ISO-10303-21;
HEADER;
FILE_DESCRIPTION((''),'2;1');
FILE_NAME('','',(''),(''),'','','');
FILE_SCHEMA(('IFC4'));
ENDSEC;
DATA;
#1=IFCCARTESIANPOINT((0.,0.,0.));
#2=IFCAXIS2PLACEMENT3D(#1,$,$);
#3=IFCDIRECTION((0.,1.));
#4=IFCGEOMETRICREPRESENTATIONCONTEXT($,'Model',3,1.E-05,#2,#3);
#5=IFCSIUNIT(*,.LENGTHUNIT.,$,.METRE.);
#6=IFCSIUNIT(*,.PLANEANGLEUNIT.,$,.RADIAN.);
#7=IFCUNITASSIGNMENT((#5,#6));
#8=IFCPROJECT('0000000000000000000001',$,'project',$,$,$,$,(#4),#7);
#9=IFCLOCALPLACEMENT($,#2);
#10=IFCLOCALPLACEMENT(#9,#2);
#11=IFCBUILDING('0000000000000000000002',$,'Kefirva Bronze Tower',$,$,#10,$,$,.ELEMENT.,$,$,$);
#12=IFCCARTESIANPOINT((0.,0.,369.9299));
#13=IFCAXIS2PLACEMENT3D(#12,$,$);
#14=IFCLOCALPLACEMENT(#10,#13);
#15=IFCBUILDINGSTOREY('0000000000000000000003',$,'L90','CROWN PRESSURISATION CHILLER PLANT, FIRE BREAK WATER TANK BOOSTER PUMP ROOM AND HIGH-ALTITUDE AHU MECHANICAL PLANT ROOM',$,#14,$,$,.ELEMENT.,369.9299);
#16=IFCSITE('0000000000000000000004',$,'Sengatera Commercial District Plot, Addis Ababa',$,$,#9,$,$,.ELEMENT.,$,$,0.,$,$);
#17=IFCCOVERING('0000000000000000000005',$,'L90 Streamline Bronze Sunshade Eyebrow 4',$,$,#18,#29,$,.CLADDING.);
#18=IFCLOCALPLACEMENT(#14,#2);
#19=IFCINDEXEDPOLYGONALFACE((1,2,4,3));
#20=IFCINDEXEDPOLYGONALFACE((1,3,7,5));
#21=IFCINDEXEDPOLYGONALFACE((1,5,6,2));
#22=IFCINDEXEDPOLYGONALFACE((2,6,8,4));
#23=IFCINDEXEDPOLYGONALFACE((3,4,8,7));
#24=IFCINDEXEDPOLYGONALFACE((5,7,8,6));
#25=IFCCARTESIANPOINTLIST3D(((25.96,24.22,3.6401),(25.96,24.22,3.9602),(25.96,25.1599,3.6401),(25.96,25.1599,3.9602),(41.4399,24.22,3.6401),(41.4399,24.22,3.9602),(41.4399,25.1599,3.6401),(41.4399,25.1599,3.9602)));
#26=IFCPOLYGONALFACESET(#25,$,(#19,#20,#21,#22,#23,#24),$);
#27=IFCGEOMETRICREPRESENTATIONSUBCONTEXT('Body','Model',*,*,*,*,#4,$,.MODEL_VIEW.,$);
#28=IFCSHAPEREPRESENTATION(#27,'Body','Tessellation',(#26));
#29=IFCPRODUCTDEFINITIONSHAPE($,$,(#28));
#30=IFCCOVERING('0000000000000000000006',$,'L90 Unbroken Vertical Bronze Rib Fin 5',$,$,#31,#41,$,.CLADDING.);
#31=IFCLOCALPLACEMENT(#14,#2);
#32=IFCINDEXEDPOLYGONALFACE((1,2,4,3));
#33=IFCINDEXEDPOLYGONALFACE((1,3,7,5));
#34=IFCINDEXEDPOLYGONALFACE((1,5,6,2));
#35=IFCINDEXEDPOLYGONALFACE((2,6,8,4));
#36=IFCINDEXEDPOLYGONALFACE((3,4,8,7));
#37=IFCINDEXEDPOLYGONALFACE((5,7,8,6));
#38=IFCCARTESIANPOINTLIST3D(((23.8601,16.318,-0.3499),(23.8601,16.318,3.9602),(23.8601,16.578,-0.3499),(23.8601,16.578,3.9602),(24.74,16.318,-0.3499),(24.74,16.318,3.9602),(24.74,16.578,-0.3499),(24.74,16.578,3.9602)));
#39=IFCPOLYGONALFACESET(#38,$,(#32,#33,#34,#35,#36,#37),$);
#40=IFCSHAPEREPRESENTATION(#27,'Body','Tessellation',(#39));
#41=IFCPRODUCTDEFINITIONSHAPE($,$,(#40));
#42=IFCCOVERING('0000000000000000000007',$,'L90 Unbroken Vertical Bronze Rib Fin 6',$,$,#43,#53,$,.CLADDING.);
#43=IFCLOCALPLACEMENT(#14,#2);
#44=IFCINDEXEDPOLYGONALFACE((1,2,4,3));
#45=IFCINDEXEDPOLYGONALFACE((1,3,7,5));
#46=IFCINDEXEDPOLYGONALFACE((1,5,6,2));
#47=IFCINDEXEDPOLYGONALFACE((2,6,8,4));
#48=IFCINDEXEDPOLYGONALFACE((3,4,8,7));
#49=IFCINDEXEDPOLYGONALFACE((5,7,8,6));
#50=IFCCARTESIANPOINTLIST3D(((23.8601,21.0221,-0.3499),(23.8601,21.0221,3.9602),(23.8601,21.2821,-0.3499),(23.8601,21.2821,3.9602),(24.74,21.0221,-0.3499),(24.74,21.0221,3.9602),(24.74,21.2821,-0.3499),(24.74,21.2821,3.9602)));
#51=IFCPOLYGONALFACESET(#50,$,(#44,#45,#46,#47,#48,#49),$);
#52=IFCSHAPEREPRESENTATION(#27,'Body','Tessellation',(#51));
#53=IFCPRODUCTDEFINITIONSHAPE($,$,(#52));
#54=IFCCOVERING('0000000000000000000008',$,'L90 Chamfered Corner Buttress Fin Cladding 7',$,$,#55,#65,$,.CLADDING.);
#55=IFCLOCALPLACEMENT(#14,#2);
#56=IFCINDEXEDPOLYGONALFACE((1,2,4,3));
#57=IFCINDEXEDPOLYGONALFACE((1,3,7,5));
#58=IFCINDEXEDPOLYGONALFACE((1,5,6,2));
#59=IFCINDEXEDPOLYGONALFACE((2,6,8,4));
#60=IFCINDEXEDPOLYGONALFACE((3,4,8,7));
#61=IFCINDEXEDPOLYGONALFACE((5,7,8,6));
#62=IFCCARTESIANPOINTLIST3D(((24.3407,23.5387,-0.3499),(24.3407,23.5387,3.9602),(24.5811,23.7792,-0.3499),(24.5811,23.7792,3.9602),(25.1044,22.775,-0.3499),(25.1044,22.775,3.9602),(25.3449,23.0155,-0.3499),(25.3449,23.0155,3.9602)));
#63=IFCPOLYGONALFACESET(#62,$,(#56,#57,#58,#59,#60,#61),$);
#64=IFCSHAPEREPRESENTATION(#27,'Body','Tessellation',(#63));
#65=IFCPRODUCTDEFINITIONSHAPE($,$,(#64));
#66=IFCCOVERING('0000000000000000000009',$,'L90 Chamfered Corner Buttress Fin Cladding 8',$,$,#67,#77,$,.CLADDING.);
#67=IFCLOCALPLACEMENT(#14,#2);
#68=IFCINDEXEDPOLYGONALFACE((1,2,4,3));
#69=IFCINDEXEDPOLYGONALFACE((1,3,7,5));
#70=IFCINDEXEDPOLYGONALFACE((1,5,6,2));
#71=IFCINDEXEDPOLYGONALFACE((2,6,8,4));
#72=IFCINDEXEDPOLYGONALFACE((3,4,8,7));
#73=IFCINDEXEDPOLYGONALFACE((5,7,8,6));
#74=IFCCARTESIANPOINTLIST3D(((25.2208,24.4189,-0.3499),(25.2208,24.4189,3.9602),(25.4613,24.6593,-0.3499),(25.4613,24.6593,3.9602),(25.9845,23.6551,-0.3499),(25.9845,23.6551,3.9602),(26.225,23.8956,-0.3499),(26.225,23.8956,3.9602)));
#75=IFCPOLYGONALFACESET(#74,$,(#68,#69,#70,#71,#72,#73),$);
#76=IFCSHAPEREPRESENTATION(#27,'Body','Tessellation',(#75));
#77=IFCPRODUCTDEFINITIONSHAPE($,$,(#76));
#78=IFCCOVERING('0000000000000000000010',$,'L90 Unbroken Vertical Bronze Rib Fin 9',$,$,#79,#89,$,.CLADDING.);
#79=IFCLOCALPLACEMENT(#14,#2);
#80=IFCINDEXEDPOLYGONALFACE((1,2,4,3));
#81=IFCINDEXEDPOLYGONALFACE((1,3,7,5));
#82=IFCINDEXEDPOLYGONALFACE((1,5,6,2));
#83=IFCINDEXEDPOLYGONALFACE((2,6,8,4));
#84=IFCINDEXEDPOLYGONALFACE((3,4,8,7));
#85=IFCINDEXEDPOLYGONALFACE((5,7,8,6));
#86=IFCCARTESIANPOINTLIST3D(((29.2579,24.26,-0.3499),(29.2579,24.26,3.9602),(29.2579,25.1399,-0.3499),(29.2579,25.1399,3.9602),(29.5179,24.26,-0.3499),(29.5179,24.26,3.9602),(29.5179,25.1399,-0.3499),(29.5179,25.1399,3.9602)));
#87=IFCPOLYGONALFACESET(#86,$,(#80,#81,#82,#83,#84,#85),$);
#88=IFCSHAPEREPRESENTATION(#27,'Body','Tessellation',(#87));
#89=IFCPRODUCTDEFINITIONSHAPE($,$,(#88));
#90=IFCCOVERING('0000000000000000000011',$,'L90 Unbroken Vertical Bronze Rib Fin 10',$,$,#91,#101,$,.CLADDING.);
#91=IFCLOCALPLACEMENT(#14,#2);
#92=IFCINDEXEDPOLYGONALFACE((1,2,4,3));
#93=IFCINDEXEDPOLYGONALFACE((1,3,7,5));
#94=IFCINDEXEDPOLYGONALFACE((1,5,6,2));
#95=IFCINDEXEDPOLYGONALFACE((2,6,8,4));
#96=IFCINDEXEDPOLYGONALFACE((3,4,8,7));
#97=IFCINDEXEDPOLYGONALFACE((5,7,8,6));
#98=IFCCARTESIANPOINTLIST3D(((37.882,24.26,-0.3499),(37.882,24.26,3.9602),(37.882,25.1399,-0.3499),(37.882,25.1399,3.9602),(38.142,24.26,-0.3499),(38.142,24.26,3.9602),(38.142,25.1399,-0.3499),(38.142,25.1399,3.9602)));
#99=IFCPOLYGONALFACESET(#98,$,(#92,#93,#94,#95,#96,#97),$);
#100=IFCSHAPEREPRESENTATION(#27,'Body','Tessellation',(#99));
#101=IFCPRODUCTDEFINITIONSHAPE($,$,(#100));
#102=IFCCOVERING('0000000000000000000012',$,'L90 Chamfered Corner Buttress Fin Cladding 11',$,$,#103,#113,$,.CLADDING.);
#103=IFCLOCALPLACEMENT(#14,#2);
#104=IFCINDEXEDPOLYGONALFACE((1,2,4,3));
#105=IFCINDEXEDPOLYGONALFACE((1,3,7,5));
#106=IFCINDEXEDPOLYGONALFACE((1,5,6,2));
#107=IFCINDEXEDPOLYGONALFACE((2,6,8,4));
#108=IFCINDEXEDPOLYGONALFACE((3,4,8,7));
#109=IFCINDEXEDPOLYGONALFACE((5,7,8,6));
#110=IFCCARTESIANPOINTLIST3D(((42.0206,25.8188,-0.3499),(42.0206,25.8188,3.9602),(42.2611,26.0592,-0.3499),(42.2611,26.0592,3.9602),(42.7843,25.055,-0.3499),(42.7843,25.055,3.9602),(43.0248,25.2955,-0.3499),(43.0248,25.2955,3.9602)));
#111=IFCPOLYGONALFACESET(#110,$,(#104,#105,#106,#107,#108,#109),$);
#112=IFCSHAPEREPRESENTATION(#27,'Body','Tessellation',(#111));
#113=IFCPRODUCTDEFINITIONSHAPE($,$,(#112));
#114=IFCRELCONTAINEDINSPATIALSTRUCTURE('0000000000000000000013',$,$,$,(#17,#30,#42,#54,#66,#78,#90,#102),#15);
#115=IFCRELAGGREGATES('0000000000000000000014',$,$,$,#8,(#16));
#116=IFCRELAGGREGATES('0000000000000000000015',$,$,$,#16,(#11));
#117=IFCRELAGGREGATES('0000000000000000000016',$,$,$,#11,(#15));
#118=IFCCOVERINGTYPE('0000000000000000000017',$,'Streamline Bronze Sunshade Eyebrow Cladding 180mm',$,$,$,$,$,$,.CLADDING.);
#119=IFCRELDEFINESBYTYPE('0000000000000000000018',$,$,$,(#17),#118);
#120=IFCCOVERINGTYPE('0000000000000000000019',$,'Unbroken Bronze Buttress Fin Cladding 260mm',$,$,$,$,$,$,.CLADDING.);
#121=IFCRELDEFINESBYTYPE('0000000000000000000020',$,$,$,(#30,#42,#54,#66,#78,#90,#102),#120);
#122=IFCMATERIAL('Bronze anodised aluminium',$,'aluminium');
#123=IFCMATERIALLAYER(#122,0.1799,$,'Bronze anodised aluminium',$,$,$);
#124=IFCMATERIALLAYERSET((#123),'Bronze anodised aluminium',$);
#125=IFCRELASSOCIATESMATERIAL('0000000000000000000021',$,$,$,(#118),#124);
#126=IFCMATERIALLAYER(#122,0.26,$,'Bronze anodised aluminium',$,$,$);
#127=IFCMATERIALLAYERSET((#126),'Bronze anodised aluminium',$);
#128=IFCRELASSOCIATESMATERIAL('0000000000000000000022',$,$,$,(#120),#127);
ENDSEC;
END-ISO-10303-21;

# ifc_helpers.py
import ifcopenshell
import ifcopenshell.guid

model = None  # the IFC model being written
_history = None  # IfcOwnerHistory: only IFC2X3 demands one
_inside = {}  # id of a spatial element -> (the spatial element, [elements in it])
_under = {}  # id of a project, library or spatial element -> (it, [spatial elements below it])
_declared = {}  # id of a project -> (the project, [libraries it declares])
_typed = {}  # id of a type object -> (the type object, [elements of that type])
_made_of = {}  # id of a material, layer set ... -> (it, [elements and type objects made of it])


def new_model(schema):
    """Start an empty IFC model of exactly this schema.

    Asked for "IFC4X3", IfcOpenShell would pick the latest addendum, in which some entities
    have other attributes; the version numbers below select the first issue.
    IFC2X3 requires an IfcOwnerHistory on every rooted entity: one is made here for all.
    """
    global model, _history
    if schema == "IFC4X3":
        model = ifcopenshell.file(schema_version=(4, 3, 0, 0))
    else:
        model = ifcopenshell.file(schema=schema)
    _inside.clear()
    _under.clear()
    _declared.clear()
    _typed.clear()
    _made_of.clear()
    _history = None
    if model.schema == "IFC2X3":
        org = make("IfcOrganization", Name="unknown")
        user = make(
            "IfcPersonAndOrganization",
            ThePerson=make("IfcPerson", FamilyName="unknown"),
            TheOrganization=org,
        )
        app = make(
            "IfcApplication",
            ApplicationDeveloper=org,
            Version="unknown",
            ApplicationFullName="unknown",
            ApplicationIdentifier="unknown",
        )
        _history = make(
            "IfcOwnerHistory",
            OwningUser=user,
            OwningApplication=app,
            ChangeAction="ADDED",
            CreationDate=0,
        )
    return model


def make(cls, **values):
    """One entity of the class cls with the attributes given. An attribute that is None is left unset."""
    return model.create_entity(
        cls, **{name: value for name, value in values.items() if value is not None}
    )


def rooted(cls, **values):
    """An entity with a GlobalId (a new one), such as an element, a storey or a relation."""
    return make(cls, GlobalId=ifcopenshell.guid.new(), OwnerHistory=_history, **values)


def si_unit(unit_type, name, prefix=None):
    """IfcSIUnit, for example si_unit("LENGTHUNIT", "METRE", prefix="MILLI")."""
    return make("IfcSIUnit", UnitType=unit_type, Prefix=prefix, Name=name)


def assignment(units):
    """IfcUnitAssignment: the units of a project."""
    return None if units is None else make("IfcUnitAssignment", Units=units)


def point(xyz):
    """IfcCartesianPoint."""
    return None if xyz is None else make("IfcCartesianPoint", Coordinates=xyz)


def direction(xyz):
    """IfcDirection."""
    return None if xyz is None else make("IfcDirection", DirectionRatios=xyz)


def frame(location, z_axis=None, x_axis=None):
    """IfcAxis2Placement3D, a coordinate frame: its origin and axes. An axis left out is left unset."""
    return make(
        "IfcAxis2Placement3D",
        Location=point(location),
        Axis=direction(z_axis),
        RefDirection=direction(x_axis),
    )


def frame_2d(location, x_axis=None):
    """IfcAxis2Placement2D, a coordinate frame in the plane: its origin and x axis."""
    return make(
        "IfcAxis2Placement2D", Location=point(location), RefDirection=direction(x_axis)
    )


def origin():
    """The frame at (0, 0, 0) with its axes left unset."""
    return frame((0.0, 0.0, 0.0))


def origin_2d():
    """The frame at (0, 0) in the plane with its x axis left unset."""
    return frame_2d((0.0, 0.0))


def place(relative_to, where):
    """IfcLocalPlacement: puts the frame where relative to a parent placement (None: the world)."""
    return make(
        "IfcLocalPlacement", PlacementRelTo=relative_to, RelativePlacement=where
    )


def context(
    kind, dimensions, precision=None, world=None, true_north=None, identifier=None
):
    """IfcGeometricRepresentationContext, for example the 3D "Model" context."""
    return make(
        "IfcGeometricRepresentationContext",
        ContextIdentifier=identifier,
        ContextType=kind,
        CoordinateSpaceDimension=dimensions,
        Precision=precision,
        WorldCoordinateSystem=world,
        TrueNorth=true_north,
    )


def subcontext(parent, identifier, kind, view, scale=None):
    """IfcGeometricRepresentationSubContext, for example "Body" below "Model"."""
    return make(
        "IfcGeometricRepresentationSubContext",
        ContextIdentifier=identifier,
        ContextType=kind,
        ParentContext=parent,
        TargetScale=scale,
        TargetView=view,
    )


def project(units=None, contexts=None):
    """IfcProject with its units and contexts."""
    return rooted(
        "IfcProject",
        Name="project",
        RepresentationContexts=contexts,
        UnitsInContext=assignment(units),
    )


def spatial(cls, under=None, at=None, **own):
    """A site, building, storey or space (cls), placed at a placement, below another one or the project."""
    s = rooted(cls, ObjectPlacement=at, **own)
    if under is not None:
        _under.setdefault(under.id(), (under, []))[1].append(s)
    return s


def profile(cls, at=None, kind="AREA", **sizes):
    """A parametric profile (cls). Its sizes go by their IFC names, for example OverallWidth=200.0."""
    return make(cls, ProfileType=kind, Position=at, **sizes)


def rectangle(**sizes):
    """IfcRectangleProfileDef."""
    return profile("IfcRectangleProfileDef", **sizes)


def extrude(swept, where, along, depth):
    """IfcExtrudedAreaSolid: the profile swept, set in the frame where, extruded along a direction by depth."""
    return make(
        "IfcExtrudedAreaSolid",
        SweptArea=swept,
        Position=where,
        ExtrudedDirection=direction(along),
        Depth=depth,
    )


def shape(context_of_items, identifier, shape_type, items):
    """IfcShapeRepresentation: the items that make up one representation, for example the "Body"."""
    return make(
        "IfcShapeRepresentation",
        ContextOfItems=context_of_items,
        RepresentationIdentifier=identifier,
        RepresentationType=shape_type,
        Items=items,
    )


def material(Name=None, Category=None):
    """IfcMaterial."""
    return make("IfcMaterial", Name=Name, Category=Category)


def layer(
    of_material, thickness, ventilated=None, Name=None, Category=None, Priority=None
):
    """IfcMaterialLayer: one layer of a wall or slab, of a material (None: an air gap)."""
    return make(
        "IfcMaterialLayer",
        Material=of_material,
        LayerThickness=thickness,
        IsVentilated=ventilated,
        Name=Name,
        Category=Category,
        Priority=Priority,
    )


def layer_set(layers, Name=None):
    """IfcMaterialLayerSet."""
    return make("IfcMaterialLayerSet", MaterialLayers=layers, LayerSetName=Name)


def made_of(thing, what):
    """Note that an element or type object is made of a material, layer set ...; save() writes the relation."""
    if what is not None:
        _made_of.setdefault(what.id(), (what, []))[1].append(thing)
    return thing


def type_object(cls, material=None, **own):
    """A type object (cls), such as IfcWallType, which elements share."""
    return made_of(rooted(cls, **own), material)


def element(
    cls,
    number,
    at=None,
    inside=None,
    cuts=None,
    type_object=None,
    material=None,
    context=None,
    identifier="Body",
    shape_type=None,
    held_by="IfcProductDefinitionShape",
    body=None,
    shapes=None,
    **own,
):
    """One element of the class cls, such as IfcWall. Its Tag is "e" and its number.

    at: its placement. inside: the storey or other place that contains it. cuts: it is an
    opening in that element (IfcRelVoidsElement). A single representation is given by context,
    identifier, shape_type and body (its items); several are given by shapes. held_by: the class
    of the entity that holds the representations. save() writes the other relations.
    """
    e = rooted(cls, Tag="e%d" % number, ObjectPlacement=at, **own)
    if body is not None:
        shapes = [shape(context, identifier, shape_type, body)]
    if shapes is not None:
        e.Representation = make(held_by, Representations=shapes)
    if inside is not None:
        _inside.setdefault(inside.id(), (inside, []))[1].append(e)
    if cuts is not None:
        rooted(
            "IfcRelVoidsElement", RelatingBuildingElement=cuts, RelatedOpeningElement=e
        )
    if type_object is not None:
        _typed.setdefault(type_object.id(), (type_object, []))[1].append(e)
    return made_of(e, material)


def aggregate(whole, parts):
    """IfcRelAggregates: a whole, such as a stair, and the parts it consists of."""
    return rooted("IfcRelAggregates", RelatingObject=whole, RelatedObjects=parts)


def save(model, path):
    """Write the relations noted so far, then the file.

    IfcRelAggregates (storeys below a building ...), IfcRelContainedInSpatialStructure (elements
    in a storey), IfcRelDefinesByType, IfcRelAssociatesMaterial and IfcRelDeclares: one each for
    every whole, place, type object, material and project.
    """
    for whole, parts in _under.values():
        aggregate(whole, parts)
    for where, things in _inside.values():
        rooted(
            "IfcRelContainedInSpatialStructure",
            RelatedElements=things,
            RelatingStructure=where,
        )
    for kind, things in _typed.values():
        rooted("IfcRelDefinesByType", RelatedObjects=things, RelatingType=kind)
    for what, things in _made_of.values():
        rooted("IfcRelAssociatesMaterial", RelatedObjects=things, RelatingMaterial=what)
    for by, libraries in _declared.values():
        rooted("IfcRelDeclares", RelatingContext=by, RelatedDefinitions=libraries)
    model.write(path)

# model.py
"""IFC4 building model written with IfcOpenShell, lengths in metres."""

from ifc_helpers import new_model, si_unit, direction, frame, origin, origin_2d, place, context, subcontext, project, spatial, rectangle, extrude, material, layer, layer_set, type_object, element, save


model = new_model("IFC4")

# Units and contexts
model_context = context("Model", 3, precision=1e-05, world=origin(), true_north=direction((0.0, 1.0)))
body_context = subcontext(model_context, "Body", "Model", "MODEL_VIEW")
ifc_project = project(units=[si_unit("LENGTHUNIT", "METRE"), si_unit("PLANEANGLEUNIT", "RADIAN")], contexts=[model_context])

# Site, building, storey
site_placement = place(None, origin())
site = spatial("IfcSite", under=ifc_project, at=site_placement, Name="Sengatera Commercial District Plot, Addis Ababa", CompositionType="ELEMENT", RefElevation=0.0)
building_placement = place(site_placement, origin())
building = spatial("IfcBuilding", under=site, at=building_placement, Name="Kefirva Bronze Tower", CompositionType="ELEMENT")
storey_placement = place(building_placement, frame((0.0, 0.0, 369.9299)))
storey = spatial("IfcBuildingStorey", under=building, at=storey_placement, Name="L90", Description="CROWN PRESSURISATION CHILLER PLANT, FIRE BREAK WATER TANK BOOSTER PUMP ROOM AND HIGH-ALTITUDE AHU MECHANICAL PLANT ROOM", CompositionType="ELEMENT", Elevation=369.9299)

# Shared definitions
ifc_material_1 = material(Name="Bronze anodised aluminium", Category="aluminium")

# Coverings
ifc_layer_1 = layer(ifc_material_1, 0.1799, Name="Bronze anodised aluminium")
ifc_layer_set_1 = layer_set([ifc_layer_1], Name="Bronze anodised aluminium")
covering_type_1 = type_object("IfcCoveringType", Name="Streamline Bronze Sunshade Eyebrow Cladding 180mm", PredefinedType="CLADDING", material=ifc_layer_set_1)
covering_1_placement = place(storey_placement, frame((33.7, 24.6899, 3.6401), z_axis=(0.0, 0.0, 1.0), x_axis=(1.0, 0.0, 0.0)))
element("IfcCovering", 1, at=covering_1_placement, inside=storey, type_object=covering_type_1, Name="L90 Streamline Bronze Sunshade Eyebrow 4", PredefinedType="CLADDING", context=body_context, shape_type="SweptSolid", body=[
    extrude(rectangle(XDim=15.48, YDim=0.9399, at=origin_2d()), origin(), (0.0, 0.0, 1.0), 0.3201),
])
ifc_layer_2 = layer(ifc_material_1, 0.26, Name="Bronze anodised aluminium")
ifc_layer_set_2 = layer_set([ifc_layer_2], Name="Bronze anodised aluminium")
covering_type_2 = type_object("IfcCoveringType", Name="Unbroken Bronze Buttress Fin Cladding 260mm", PredefinedType="CLADDING", material=ifc_layer_set_2)
for number, where, z_axis, x_axis, name in (
    (2, (24.3, 16.448, -0.3499), (0.0, 0.0, 1.0), (0.0, 1.0, 0.0), "L90 Unbroken Vertical Bronze Rib Fin 5"),
    (3, (24.3, 21.1521, -0.3499), (0.0, 0.0, 1.0), (0.0, 1.0, 0.0), "L90 Unbroken Vertical Bronze Rib Fin 6"),
):
    element("IfcCovering", number, at=place(storey_placement, frame(where, z_axis=z_axis, x_axis=x_axis)), inside=storey, type_object=covering_type_2, Name=name, PredefinedType="CLADDING", context=body_context, shape_type="SweptSolid", body=[
        extrude(rectangle(XDim=0.26, YDim=0.8799, at=origin_2d()), origin(), (0.0, 0.0, 1.0), 4.3101),
    ])
for number, where, z_axis, x_axis, name in (
    (4, (24.8428, 23.2771, -0.3499), (0.0, 0.0, 1.0), (0.707107, 0.707107, 0.0), "L90 Chamfered Corner Buttress Fin Cladding 7"),
    (5, (25.7229, 24.1572, -0.3499), (0.0, 0.0, 1.0), (0.707107, 0.707107, 0.0), "L90 Chamfered Corner Buttress Fin Cladding 8"),
):
    element("IfcCovering", number, at=place(storey_placement, frame(where, z_axis=z_axis, x_axis=x_axis)), inside=storey, type_object=covering_type_2, Name=name, PredefinedType="CLADDING", context=body_context, shape_type="SweptSolid", body=[
        extrude(rectangle(XDim=0.3401, YDim=1.0801, at=origin_2d()), origin(), (0.0, 0.0, 1.0), 4.3101),
    ])
for number, where, z_axis, x_axis, name in (
    (6, (29.3879, 24.7, -0.3499), (0.0, 0.0, 1.0), (1.0, 0.0, 0.0), "L90 Unbroken Vertical Bronze Rib Fin 9"),
    (7, (38.012, 24.7, -0.3499), (0.0, 0.0, 1.0), (1.0, 0.0, 0.0), "L90 Unbroken Vertical Bronze Rib Fin 10"),
):
    element("IfcCovering", number, at=place(storey_placement, frame(where, z_axis=z_axis, x_axis=x_axis)), inside=storey, type_object=covering_type_2, Name=name, PredefinedType="CLADDING", context=body_context, shape_type="SweptSolid", body=[
        extrude(rectangle(XDim=0.26, YDim=0.8799, at=origin_2d()), origin(), (0.0, 0.0, 1.0), 4.3101),
    ])
covering_2_placement = place(storey_placement, frame((42.5227, 25.5571, -0.3499), z_axis=(0.0, 0.0, 1.0), x_axis=(0.707107, 0.707107, 0.0)))
element("IfcCovering", 8, at=covering_2_placement, inside=storey, type_object=covering_type_2, Name="L90 Chamfered Corner Buttress Fin Cladding 11", PredefinedType="CLADDING", context=body_context, shape_type="SweptSolid", body=[
    extrude(rectangle(XDim=0.3401, YDim=1.0801, at=origin_2d()), origin(), (0.0, 0.0, 1.0), 4.3101),
])

save(model, "model.ifc")
